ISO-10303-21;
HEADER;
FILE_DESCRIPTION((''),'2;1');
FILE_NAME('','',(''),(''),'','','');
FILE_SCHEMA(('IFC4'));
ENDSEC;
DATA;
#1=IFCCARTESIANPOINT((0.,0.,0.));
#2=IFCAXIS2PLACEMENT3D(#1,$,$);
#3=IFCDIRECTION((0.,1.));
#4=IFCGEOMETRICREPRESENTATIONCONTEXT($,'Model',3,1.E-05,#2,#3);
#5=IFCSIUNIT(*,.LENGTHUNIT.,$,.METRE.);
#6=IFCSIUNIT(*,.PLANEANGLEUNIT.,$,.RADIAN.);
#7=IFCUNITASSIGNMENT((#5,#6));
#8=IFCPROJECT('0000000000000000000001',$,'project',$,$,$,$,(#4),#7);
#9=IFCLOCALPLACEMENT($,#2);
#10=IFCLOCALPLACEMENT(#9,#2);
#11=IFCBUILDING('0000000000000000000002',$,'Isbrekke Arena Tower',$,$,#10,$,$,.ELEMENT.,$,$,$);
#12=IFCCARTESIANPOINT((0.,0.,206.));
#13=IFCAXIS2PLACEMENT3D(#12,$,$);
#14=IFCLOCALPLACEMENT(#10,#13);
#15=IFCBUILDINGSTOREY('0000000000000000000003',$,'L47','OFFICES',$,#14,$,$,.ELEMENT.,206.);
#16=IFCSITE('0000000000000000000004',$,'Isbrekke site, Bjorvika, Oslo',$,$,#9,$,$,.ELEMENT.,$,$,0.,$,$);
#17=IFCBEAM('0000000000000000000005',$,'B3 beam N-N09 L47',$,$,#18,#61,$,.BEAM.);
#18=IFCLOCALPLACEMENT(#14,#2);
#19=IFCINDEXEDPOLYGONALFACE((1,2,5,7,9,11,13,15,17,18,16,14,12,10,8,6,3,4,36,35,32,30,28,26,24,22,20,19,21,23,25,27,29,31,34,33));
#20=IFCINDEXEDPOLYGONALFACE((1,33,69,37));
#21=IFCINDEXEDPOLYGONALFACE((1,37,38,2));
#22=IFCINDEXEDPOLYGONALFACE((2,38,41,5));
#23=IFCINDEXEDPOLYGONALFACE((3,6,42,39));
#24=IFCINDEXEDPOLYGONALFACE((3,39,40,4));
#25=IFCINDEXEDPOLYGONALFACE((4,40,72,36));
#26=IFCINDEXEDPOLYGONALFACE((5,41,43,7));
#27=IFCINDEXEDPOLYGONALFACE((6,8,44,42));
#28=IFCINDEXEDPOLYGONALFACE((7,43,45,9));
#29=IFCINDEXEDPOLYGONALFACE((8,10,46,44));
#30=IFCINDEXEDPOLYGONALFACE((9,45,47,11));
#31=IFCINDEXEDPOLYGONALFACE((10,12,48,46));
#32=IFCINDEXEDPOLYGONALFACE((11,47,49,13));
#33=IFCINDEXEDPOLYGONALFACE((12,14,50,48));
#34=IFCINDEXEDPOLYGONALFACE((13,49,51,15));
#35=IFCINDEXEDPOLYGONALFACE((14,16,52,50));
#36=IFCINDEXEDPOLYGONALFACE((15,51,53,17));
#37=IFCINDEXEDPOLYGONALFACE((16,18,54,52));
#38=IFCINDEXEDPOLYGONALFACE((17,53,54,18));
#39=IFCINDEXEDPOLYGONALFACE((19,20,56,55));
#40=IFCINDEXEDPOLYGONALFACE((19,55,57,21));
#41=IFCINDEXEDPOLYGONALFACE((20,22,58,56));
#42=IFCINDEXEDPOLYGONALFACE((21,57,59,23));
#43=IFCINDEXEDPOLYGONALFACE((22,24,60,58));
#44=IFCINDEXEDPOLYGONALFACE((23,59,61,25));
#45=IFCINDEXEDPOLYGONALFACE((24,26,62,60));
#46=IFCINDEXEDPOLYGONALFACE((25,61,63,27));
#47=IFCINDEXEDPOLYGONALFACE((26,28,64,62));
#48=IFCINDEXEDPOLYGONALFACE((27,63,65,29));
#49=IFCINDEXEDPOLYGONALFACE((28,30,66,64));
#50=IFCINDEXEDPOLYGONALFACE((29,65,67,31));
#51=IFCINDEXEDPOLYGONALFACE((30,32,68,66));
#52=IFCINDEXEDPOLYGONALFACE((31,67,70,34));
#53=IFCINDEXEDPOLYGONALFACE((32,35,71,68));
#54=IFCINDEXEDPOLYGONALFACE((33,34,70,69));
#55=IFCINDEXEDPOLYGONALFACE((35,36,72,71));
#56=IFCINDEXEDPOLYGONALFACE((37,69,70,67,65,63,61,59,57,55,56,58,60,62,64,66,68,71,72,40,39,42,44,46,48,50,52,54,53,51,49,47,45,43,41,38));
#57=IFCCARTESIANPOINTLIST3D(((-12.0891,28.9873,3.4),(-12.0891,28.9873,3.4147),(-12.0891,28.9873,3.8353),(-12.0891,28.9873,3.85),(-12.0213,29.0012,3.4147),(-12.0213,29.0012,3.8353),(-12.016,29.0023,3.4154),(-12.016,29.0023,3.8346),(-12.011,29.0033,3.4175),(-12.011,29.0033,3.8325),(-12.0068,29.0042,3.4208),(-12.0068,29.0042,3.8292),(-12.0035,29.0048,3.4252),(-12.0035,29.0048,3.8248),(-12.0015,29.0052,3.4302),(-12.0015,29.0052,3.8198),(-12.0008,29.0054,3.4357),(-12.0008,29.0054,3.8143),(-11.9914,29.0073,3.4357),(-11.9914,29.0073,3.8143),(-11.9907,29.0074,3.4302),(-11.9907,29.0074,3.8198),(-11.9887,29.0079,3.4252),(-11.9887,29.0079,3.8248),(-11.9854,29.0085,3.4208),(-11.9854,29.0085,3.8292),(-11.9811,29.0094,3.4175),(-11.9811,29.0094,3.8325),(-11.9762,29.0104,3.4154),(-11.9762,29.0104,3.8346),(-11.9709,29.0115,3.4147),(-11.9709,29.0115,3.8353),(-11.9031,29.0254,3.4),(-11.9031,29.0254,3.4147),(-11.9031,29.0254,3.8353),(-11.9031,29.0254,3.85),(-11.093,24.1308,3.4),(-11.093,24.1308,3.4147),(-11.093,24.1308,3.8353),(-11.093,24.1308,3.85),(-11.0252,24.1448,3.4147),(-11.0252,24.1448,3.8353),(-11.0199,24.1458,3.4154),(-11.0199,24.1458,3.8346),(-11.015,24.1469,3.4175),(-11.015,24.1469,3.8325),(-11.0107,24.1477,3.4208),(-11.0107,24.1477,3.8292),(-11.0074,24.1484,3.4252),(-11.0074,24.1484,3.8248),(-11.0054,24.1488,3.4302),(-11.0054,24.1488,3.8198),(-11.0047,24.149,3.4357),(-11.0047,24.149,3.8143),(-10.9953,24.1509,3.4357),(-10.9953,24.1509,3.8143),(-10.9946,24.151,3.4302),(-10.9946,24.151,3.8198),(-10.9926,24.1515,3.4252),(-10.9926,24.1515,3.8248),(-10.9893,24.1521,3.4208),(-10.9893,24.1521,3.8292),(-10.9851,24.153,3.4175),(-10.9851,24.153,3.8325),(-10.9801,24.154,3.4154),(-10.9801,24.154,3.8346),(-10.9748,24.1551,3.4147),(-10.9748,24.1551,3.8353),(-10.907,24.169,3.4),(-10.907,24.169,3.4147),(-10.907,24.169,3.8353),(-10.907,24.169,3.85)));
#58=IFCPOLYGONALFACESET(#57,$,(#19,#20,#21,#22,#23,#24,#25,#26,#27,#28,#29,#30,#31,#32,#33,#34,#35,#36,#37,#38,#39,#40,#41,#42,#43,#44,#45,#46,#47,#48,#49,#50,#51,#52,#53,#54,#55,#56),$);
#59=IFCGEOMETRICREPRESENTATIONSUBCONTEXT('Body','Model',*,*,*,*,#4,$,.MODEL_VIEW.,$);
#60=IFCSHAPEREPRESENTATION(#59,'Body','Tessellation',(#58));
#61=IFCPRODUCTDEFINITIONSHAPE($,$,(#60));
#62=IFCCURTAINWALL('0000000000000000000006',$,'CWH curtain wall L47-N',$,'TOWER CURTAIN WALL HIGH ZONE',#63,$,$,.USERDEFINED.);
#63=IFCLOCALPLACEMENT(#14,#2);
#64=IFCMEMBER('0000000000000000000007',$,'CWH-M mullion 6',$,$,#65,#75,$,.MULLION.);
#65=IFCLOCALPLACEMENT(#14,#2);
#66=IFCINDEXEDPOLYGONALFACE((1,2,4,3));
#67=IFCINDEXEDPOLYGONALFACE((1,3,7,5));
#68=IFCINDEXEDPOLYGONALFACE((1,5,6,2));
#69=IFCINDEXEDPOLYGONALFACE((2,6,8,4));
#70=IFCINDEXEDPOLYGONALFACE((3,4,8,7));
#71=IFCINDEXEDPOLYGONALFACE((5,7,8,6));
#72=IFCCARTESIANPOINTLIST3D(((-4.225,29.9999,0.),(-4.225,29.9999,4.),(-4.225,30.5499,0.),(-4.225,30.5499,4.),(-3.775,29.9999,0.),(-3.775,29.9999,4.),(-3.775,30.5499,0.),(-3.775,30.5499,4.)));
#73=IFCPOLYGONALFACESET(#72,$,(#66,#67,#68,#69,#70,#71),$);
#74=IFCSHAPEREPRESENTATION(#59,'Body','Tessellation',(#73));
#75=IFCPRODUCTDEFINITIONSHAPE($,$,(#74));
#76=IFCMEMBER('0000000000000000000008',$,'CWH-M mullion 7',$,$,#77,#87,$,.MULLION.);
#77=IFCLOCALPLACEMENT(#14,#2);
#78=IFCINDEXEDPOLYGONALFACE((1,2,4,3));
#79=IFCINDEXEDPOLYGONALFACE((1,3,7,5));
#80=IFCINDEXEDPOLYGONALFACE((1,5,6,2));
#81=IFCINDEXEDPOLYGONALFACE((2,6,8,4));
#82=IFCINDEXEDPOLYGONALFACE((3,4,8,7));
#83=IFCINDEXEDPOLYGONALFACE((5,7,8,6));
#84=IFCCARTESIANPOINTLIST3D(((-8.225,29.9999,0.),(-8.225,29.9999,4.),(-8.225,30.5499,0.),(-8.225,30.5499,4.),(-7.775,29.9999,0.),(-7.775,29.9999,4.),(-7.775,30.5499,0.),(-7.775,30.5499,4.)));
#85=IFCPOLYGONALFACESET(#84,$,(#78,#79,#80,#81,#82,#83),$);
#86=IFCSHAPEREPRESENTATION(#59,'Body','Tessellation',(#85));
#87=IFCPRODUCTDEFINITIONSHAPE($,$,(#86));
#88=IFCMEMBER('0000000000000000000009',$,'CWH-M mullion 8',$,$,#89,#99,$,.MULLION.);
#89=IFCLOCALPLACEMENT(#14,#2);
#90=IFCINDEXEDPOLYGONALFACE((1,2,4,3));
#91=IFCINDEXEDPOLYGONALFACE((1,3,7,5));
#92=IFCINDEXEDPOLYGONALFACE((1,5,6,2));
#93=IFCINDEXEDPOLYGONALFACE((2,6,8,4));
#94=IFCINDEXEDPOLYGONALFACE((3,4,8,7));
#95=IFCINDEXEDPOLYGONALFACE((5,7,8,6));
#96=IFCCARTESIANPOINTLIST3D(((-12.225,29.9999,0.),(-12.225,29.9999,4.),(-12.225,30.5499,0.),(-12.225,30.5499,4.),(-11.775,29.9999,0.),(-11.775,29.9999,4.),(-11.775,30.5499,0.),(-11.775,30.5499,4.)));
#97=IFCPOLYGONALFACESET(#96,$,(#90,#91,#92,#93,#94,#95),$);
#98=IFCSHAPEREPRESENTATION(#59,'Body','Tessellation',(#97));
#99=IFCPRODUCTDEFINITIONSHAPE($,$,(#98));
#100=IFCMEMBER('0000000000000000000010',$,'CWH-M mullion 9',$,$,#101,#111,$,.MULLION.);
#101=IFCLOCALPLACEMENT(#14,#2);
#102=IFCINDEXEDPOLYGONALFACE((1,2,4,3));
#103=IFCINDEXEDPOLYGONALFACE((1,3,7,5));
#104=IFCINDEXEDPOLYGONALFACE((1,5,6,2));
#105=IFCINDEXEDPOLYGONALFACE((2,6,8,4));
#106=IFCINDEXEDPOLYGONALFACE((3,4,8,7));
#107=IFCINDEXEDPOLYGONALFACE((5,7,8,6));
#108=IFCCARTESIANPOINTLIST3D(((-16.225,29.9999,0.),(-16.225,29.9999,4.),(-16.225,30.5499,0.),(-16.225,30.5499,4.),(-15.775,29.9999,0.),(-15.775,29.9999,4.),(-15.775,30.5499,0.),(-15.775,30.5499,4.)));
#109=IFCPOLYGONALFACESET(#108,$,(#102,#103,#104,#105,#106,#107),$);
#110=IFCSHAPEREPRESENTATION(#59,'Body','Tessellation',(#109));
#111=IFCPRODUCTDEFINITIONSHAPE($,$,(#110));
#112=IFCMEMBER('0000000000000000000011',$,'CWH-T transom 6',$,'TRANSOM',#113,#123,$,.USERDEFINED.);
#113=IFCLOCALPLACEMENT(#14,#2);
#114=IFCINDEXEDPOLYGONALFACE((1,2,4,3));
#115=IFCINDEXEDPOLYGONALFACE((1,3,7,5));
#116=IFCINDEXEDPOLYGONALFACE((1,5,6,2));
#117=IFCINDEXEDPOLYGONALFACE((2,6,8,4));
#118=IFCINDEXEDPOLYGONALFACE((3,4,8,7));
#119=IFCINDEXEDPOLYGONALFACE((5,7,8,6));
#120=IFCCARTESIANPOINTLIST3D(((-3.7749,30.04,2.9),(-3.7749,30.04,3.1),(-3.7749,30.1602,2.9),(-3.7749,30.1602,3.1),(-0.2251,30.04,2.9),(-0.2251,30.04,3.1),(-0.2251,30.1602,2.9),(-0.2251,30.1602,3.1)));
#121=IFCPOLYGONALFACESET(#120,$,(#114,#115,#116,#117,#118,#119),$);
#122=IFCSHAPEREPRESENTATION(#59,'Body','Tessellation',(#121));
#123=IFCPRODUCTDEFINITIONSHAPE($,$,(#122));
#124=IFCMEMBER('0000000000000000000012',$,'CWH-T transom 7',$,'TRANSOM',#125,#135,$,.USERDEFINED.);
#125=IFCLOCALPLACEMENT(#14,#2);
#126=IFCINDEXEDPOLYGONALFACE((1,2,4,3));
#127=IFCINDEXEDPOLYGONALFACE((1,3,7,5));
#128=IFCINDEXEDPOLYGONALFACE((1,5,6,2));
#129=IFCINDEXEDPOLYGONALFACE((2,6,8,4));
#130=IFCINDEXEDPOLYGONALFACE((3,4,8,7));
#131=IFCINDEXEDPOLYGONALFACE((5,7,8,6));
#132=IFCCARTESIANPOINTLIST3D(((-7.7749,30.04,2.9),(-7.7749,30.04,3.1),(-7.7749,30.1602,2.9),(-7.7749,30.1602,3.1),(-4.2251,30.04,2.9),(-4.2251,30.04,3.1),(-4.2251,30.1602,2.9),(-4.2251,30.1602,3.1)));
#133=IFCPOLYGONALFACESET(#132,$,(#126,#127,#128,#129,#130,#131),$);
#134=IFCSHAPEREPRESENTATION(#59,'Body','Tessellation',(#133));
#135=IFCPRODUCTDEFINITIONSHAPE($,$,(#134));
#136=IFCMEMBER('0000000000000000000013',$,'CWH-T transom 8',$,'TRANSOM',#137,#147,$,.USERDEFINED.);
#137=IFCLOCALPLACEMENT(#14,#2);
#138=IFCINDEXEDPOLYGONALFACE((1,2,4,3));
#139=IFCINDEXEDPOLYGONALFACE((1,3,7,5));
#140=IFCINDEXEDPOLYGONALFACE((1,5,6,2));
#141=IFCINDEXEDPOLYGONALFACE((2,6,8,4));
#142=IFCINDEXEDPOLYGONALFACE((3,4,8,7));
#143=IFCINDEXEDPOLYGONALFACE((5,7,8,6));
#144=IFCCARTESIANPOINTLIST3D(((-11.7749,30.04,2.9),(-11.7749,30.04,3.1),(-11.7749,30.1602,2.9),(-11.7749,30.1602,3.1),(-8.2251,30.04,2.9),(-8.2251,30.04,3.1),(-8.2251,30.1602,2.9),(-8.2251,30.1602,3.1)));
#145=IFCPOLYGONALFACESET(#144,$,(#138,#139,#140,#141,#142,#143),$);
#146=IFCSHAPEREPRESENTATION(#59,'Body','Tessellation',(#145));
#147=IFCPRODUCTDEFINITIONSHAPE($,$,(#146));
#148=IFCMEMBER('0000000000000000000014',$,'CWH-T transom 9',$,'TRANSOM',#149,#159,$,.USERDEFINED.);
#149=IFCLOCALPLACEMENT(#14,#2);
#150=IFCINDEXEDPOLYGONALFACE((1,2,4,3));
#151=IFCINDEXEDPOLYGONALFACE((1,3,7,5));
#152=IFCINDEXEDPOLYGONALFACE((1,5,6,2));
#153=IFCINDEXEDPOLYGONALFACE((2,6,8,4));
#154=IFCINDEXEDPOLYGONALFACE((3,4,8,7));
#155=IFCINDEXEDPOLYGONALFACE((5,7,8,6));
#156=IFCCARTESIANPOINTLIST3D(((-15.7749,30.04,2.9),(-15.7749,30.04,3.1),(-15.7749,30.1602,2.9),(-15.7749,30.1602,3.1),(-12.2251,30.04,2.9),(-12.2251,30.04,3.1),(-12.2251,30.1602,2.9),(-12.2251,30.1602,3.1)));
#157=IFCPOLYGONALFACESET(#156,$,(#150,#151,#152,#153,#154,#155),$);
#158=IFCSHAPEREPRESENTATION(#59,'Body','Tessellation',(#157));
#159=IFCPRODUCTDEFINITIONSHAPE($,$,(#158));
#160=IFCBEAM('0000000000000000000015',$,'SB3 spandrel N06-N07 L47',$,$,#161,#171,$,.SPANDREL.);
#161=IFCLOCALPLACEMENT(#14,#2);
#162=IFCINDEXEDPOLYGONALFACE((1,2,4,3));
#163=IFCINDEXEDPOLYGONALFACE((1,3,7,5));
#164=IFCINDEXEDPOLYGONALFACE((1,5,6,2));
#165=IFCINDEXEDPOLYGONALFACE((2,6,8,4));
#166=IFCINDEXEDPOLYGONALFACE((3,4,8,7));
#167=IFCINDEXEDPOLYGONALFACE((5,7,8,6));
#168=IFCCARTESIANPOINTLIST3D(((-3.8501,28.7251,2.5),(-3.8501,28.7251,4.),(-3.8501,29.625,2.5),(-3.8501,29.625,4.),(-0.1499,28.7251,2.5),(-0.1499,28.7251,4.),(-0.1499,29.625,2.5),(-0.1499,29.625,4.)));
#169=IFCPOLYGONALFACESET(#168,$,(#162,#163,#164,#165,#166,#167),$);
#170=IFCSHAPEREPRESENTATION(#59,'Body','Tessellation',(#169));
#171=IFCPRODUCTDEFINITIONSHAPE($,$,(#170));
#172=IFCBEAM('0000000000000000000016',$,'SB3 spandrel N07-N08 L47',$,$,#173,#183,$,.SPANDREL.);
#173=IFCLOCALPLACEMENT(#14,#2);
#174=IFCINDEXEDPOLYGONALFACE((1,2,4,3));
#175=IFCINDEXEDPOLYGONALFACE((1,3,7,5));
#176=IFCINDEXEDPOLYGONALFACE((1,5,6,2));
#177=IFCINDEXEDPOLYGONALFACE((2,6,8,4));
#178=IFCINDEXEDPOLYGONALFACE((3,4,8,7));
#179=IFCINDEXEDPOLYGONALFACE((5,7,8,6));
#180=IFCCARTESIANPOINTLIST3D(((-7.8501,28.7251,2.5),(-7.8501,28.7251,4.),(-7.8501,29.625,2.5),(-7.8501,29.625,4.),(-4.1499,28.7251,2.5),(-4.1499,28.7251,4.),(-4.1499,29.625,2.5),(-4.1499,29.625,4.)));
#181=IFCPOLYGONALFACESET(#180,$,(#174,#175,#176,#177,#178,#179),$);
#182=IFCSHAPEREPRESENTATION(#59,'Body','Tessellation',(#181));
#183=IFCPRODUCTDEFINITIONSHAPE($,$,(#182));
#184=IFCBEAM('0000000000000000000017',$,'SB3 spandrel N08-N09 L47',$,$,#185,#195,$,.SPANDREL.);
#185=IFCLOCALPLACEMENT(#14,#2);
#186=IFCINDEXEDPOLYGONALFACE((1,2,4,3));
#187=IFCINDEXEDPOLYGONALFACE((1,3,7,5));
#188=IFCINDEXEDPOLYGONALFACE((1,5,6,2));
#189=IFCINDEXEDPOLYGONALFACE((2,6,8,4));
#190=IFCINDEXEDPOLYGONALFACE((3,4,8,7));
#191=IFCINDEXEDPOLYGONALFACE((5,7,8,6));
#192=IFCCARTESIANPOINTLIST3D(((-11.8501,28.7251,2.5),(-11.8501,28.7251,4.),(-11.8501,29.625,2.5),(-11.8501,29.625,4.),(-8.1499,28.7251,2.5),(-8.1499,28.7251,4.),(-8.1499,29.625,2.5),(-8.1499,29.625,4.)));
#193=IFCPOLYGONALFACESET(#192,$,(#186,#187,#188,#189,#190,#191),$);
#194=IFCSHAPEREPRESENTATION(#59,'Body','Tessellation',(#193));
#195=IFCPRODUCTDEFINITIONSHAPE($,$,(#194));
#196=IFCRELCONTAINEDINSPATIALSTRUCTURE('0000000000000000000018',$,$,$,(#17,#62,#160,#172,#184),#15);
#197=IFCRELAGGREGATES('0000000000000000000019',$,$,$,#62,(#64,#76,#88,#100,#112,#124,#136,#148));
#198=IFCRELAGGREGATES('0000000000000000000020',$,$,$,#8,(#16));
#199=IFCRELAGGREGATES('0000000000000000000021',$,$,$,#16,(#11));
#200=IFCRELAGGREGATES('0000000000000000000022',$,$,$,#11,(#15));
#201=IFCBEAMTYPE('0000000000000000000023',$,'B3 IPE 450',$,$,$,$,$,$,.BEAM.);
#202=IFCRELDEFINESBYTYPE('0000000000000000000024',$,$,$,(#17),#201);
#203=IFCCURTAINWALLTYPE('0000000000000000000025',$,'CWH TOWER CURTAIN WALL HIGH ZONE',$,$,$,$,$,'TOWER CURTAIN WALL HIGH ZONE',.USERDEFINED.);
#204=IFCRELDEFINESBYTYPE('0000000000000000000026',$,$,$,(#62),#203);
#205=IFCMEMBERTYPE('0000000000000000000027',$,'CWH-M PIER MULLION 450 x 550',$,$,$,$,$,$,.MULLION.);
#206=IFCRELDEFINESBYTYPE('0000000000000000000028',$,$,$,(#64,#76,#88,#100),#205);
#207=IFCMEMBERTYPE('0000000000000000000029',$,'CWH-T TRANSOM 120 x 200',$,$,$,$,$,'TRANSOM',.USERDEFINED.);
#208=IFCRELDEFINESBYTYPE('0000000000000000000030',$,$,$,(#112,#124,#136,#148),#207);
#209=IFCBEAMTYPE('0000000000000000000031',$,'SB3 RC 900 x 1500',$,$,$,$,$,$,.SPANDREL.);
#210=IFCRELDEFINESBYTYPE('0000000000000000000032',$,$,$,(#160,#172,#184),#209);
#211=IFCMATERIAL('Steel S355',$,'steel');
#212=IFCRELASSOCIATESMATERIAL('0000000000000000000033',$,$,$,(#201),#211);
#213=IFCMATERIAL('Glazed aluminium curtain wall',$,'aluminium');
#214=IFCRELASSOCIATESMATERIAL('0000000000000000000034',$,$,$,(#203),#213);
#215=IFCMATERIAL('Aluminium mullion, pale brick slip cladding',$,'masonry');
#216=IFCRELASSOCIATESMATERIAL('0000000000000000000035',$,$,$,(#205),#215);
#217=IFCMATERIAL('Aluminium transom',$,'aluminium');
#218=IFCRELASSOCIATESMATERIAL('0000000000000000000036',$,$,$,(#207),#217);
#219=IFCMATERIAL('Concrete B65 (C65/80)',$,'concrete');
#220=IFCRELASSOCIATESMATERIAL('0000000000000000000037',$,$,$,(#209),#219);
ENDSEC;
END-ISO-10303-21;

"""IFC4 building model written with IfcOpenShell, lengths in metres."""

from ifc_helpers import new_model, si_unit, direction, frame, origin, origin_2d, place, context, subcontext, project, spatial, rectangle, i_section, extrude, material, material_profile, profile_set, type_object, element, aggregate, save


model = new_model("IFC4")

# Units and contexts
model_context = context("Model", 3, precision=1e-05, world=origin(), true_north=direction((0.0, 1.0)))
body_context = subcontext(model_context, "Body", "Model", "MODEL_VIEW")
ifc_project = project(units=[si_unit("LENGTHUNIT", "METRE"), si_unit("PLANEANGLEUNIT", "RADIAN")], contexts=[model_context])

# Site, building, storey
site_placement = place(None, origin())
site = spatial("IfcSite", under=ifc_project, at=site_placement, Name="Isbrekke site, Bjorvika, Oslo", CompositionType="ELEMENT", RefElevation=0.0)
building_placement = place(site_placement, origin())
building = spatial("IfcBuilding", under=site, at=building_placement, Name="Isbrekke Arena Tower", CompositionType="ELEMENT")
storey_placement = place(building_placement, frame((0.0, 0.0, 206.0)))
storey = spatial("IfcBuildingStorey", under=building, at=storey_placement, Name="L47", Description="OFFICES", CompositionType="ELEMENT", Elevation=206.0)

# Beam
ifc_material_1 = material(Name="Steel S355", Category="steel")
ifc_material_profile_1 = material_profile(ifc_material_1, i_section(OverallWidth=0.1899, OverallDepth=0.45, WebThickness=0.0095, FlangeThickness=0.0146, FilletRadius=0.021, at=origin_2d()), Name="IPE 450")
ifc_profile_set_1 = profile_set([ifc_material_profile_1], Name="Steel S355")
beam_type_1 = type_object("IfcBeamType", Name="B3 IPE 450", PredefinedType="BEAM", material=ifc_profile_set_1)
beam_1_placement = place(storey_placement, frame((-11.9961, 29.0063, 3.625), z_axis=(0.200925, -0.979607, 0.0), x_axis=(0.979607, 0.200925, 0.0)))
element("IfcBeam", 1, at=beam_1_placement, inside=storey, type_object=beam_type_1, Name="B3 beam N-N09 L47", PredefinedType="BEAM", context=body_context, shape_type="SweptSolid", body=[
    extrude(i_section(OverallWidth=0.1899, OverallDepth=0.45, WebThickness=0.0095, FlangeThickness=0.0146, FilletRadius=0.021, at=origin_2d()), origin(), (0.0, 0.0, 1.0), 4.9575),
])

# Curtain wall, members
ifc_material_2 = material(Name="Glazed aluminium curtain wall", Category="aluminium")
curtain_wall_type = type_object("IfcCurtainWallType", Name="CWH TOWER CURTAIN WALL HIGH ZONE", ElementType="TOWER CURTAIN WALL HIGH ZONE", PredefinedType="USERDEFINED", material=ifc_material_2)
curtain_wall_placement = place(storey_placement, origin())
curtain_wall = element("IfcCurtainWall", 2, at=curtain_wall_placement, inside=storey, type_object=curtain_wall_type, Name="CWH curtain wall L47-N", ObjectType="TOWER CURTAIN WALL HIGH ZONE", PredefinedType="USERDEFINED")
ifc_material_3 = material(Name="Aluminium mullion, pale brick slip cladding", Category="masonry")
ifc_material_profile_2 = material_profile(ifc_material_3, rectangle(XDim=0.45, YDim=0.55, at=origin_2d()), Name="PIER 450X550")
ifc_profile_set_2 = profile_set([ifc_material_profile_2], Name="Aluminium mullion, pale brick slip cladding")
member_type_1 = type_object("IfcMemberType", Name="CWH-M PIER MULLION 450 x 550", PredefinedType="MULLION", material=ifc_profile_set_2)
member_1_placement = place(storey_placement, frame((-4.0, 30.2749, 0.0), z_axis=(0.0, 0.0, 1.0), x_axis=(-1.0, 0.0, 0.0)))
member_1 = element("IfcMember", 3, at=member_1_placement, type_object=member_type_1, Name="CWH-M mullion 6", PredefinedType="MULLION", context=body_context, shape_type="SweptSolid", body=[
    extrude(rectangle(XDim=0.45, YDim=0.55, at=origin_2d()), origin(), (0.0, 0.0, 1.0), 4.0),
])
member_2_placement = place(storey_placement, frame((-8.0, 30.2749, 0.0), z_axis=(0.0, 0.0, 1.0), x_axis=(-1.0, 0.0, 0.0)))
member_2 = element("IfcMember", 4, at=member_2_placement, type_object=member_type_1, Name="CWH-M mullion 7", PredefinedType="MULLION", context=body_context, shape_type="SweptSolid", body=[
    extrude(rectangle(XDim=0.45, YDim=0.55, at=origin_2d()), origin(), (0.0, 0.0, 1.0), 4.0),
])
member_3_placement = place(storey_placement, frame((-12.0, 30.2749, 0.0), z_axis=(0.0, 0.0, 1.0), x_axis=(-1.0, 0.0, 0.0)))
member_3 = element("IfcMember", 5, at=member_3_placement, type_object=member_type_1, Name="CWH-M mullion 8", PredefinedType="MULLION", context=body_context, shape_type="SweptSolid", body=[
    extrude(rectangle(XDim=0.45, YDim=0.55, at=origin_2d()), origin(), (0.0, 0.0, 1.0), 4.0),
])
member_4_placement = place(storey_placement, frame((-16.0, 30.2749, 0.0), z_axis=(0.0, 0.0, 1.0), x_axis=(-1.0, 0.0, 0.0)))
member_4 = element("IfcMember", 6, at=member_4_placement, type_object=member_type_1, Name="CWH-M mullion 9", PredefinedType="MULLION", context=body_context, shape_type="SweptSolid", body=[
    extrude(rectangle(XDim=0.45, YDim=0.55, at=origin_2d()), origin(), (0.0, 0.0, 1.0), 4.0),
])
ifc_material_4 = material(Name="Aluminium transom", Category="aluminium")
ifc_material_profile_3 = material_profile(ifc_material_4, rectangle(XDim=0.1201, YDim=0.2, at=origin_2d()), Name="TRANSOM 120X200")
ifc_profile_set_3 = profile_set([ifc_material_profile_3], Name="Aluminium transom")
member_type_2 = type_object("IfcMemberType", Name="CWH-T TRANSOM 120 x 200", ElementType="TRANSOM", PredefinedType="USERDEFINED", material=ifc_profile_set_3)
member_5_placement = place(storey_placement, frame((-0.2251, 30.1001, 3.0), z_axis=(-1.0, 0.0, 0.0), x_axis=(0.0, -1.0, 0.0)))
member_5 = element("IfcMember", 7, at=member_5_placement, type_object=member_type_2, Name="CWH-T transom 6", ObjectType="TRANSOM", PredefinedType="USERDEFINED", context=body_context, shape_type="SweptSolid", body=[
    extrude(rectangle(XDim=0.1201, YDim=0.2, at=origin_2d()), origin(), (0.0, 0.0, 1.0), 3.5498),
])
member_6_placement = place(storey_placement, frame((-4.2251, 30.1001, 3.0), z_axis=(-1.0, 0.0, 0.0), x_axis=(0.0, -1.0, 0.0)))
member_6 = element("IfcMember", 8, at=member_6_placement, type_object=member_type_2, Name="CWH-T transom 7", ObjectType="TRANSOM", PredefinedType="USERDEFINED", context=body_context, shape_type="SweptSolid", body=[
    extrude(rectangle(XDim=0.1201, YDim=0.2, at=origin_2d()), origin(), (0.0, 0.0, 1.0), 3.5498),
])
member_7_placement = place(storey_placement, frame((-8.2251, 30.1001, 3.0), z_axis=(-1.0, 0.0, 0.0), x_axis=(0.0, -1.0, 0.0)))
member_7 = element("IfcMember", 9, at=member_7_placement, type_object=member_type_2, Name="CWH-T transom 8", ObjectType="TRANSOM", PredefinedType="USERDEFINED", context=body_context, shape_type="SweptSolid", body=[
    extrude(rectangle(XDim=0.1201, YDim=0.2, at=origin_2d()), origin(), (0.0, 0.0, 1.0), 3.5498),
])
member_8_placement = place(storey_placement, frame((-12.2251, 30.1001, 3.0), z_axis=(-1.0, 0.0, 0.0), x_axis=(0.0, -1.0, 0.0)))
member_8 = element("IfcMember", 10, at=member_8_placement, type_object=member_type_2, Name="CWH-T transom 9", ObjectType="TRANSOM", PredefinedType="USERDEFINED", context=body_context, shape_type="SweptSolid", body=[
    extrude(rectangle(XDim=0.1201, YDim=0.2, at=origin_2d()), origin(), (0.0, 0.0, 1.0), 3.5498),
])

# Beams
ifc_material_5 = material(Name="Concrete B65 (C65/80)", Category="concrete")
ifc_material_profile_4 = material_profile(ifc_material_5, rectangle(XDim=0.8999, YDim=1.5, at=origin_2d()), Name="RC 900x1500")
ifc_profile_set_4 = profile_set([ifc_material_profile_4], Name="Concrete B65 (C65/80)")
beam_type_2 = type_object("IfcBeamType", Name="SB3 RC 900 x 1500", PredefinedType="SPANDREL", material=ifc_profile_set_4)
for number, where, z_axis, x_axis, name in (
    (11, (-0.1499, 29.175, 3.25), (-1.0, 0.0, 0.0), (0.0, -1.0, 0.0), "SB3 spandrel N06-N07 L47"),
    (12, (-4.1499, 29.175, 3.25), (-1.0, 0.0, 0.0), (0.0, -1.0, 0.0), "SB3 spandrel N07-N08 L47"),
    (13, (-8.1499, 29.175, 3.25), (-1.0, 0.0, 0.0), (0.0, -1.0, 0.0), "SB3 spandrel N08-N09 L47"),
):
    element("IfcBeam", number, at=place(storey_placement, frame(where, z_axis=z_axis, x_axis=x_axis)), inside=storey, type_object=beam_type_2, Name=name, PredefinedType="SPANDREL", context=body_context, shape_type="SweptSolid", body=[
        extrude(rectangle(XDim=0.8999, YDim=1.5, at=origin_2d()), origin(), (0.0, 0.0, 1.0), 3.7002),
    ])

aggregate(curtain_wall, [member_1, member_2, member_3, member_4, member_5, member_6, member_7, member_8])

save(model, "model.ifc")
